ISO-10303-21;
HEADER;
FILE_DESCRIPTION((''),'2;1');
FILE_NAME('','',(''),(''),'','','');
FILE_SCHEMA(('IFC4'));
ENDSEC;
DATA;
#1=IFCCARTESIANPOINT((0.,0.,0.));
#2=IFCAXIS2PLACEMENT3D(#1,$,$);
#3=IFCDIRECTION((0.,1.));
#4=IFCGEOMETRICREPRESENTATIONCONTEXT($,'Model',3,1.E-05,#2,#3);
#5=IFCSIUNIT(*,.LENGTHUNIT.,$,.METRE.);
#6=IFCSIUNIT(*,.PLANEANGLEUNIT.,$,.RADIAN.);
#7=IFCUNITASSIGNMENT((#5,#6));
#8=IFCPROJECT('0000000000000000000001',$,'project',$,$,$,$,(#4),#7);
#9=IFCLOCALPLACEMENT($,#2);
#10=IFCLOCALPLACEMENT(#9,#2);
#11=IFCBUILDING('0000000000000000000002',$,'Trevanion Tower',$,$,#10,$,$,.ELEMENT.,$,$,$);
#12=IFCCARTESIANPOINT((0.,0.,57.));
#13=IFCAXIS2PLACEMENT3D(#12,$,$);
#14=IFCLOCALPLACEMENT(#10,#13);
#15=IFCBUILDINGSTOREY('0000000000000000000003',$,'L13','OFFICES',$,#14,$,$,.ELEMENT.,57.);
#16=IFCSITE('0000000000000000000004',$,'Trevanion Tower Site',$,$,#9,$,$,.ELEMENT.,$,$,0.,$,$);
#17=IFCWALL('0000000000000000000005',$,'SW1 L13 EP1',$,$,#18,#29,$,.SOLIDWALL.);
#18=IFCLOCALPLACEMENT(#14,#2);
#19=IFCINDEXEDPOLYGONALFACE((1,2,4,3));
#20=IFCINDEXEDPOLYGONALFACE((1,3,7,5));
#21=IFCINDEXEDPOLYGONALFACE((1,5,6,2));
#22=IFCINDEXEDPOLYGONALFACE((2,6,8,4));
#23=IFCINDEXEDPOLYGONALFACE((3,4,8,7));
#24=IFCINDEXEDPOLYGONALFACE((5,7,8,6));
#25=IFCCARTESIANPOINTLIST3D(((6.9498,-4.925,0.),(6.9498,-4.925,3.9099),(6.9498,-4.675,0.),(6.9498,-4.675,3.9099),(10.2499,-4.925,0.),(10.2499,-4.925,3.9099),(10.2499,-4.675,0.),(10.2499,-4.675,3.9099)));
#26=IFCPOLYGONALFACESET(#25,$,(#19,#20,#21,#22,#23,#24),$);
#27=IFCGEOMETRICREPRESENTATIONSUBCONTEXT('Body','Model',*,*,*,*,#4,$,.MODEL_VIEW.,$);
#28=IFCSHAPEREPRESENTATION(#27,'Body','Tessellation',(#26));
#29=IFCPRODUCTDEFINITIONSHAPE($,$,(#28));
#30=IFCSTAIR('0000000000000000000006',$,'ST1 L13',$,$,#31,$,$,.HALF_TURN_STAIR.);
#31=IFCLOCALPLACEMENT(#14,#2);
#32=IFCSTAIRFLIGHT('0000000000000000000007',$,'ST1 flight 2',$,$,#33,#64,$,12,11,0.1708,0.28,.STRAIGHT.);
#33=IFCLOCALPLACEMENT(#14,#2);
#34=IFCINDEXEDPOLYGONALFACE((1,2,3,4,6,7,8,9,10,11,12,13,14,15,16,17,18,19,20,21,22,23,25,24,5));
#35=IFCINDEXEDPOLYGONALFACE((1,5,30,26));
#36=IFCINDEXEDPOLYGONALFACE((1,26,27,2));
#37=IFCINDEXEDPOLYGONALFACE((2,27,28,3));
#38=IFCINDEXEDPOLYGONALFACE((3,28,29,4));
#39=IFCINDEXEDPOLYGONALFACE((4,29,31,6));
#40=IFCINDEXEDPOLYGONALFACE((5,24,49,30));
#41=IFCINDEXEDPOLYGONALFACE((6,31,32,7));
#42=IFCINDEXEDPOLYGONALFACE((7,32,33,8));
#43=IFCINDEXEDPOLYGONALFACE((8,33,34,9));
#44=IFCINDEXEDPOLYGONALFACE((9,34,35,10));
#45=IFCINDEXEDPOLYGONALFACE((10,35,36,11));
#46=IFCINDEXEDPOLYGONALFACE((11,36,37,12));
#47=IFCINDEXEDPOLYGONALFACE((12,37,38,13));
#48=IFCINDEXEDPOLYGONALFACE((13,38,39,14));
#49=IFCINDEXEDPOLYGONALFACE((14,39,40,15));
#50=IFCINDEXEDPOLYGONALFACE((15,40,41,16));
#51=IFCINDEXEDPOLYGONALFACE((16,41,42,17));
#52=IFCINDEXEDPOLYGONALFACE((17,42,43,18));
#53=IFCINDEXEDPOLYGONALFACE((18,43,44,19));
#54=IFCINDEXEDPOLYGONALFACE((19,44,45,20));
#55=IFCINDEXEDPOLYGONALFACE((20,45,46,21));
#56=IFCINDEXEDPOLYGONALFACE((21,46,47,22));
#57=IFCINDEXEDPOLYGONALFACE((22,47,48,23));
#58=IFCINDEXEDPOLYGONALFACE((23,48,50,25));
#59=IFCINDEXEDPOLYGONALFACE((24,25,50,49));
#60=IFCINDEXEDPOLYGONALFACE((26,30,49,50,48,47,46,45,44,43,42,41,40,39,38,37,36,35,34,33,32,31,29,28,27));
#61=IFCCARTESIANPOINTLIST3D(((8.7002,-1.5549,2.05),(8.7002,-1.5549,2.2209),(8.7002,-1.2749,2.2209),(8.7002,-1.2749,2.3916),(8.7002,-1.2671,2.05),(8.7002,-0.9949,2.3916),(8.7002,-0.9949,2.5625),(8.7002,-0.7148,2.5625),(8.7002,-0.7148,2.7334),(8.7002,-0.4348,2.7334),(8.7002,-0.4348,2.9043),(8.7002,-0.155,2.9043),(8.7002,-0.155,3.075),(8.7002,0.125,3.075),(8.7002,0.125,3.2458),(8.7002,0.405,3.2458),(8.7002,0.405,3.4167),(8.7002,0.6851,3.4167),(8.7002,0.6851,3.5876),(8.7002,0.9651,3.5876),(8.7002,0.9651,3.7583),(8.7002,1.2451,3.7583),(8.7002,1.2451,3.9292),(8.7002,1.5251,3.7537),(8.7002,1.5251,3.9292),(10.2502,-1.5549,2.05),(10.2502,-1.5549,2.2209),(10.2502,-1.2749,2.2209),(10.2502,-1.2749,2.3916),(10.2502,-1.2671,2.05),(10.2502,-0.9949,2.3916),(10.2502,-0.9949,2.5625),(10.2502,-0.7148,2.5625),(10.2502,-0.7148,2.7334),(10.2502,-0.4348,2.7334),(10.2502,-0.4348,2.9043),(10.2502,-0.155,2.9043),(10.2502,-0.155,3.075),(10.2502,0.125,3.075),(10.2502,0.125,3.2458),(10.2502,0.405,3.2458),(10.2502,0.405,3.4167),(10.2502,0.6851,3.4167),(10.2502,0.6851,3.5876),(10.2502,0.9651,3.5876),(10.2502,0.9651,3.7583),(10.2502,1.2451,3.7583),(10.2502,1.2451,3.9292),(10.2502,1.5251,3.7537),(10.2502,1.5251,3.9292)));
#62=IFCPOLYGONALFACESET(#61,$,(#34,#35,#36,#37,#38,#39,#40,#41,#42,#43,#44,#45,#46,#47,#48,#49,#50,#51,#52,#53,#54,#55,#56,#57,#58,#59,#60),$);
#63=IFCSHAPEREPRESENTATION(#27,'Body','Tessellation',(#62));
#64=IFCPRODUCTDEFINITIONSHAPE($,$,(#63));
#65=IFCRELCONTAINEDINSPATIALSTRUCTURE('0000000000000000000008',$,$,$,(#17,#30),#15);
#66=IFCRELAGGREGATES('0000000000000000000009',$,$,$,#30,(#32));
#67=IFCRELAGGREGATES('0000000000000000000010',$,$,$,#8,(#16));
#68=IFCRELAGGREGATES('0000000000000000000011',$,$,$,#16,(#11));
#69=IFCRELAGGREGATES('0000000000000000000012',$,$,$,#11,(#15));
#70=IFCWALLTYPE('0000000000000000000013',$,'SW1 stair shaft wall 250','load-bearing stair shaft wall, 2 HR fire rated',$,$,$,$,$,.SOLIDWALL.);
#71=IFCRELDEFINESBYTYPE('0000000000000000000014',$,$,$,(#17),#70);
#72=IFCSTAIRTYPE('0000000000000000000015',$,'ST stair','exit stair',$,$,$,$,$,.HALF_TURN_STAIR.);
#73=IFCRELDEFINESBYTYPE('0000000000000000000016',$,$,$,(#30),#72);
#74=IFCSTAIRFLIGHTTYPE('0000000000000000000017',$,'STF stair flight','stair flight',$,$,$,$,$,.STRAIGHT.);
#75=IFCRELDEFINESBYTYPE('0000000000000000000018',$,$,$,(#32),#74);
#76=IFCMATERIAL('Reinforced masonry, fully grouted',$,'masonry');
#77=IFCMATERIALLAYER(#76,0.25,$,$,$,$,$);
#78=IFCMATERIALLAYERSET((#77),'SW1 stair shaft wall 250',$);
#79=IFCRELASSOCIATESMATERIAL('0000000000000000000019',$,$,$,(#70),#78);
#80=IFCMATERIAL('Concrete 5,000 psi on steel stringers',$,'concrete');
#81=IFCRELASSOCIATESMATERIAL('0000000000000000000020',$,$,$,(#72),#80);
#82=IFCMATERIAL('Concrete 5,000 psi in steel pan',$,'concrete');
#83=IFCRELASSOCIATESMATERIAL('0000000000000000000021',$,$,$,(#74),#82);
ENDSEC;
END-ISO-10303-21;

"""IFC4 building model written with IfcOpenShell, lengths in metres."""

from ifc_helpers import new_model, si_unit, direction, frame, frame_2d, origin, place, context, subcontext, project, spatial, polyline, rectangle, outline, extrude, material, layer, layer_set, type_object, element, aggregate, save


model = new_model("IFC4")

# Units and contexts
model_context = context("Model", 3, precision=1e-05, world=origin(), true_north=direction((0.0, 1.0)))
body_context = subcontext(model_context, "Body", "Model", "MODEL_VIEW")
ifc_project = project(units=[si_unit("LENGTHUNIT", "METRE"), si_unit("PLANEANGLEUNIT", "RADIAN")], contexts=[model_context])

# Site, building, storey
site_placement = place(None, origin())
site = spatial("IfcSite", under=ifc_project, at=site_placement, Name="Trevanion Tower Site", CompositionType="ELEMENT", RefElevation=0.0)
building_placement = place(site_placement, origin())
building = spatial("IfcBuilding", under=site, at=building_placement, Name="Trevanion Tower", CompositionType="ELEMENT")
storey_placement = place(building_placement, frame((0.0, 0.0, 57.0)))
storey = spatial("IfcBuildingStorey", under=building, at=storey_placement, Name="L13", Description="OFFICES", CompositionType="ELEMENT", Elevation=57.0)

# Wall
ifc_material_1 = material(Name="Reinforced masonry, fully grouted", Category="masonry")
ifc_layer_1 = layer(ifc_material_1, 0.25)
ifc_layer_set_1 = layer_set([ifc_layer_1], Name="SW1 stair shaft wall 250")
wall_type_1 = type_object("IfcWallType", Name="SW1 stair shaft wall 250", Description="load-bearing stair shaft wall, 2 HR fire rated", PredefinedType="SOLIDWALL", material=ifc_layer_set_1)
wall_1_placement = place(storey_placement, frame((6.95, -4.8, 0.0), z_axis=(0.0, 0.0, 1.0), x_axis=(1.0, 0.0, 0.0)))
element("IfcWall", 1, at=wall_1_placement, inside=storey, type_object=wall_type_1, Name="SW1 L13 EP1", PredefinedType="SOLIDWALL", context=body_context, shape_type="SweptSolid", body=[
    extrude(rectangle(XDim=3.3, YDim=0.25, at=frame_2d((1.6499, 0.0))), origin(), (0.0, 0.0, 1.0), 3.9099),
])

# Stair, stair flight
ifc_material_2 = material(Name="Concrete 5,000 psi on steel stringers", Category="concrete")
stair_type = type_object("IfcStairType", Name="ST stair", Description="exit stair", PredefinedType="HALF_TURN_STAIR", material=ifc_material_2)
stair_placement = place(storey_placement, origin())
stair = element("IfcStair", 2, at=stair_placement, inside=storey, type_object=stair_type, Name="ST1 L13", PredefinedType="HALF_TURN_STAIR")
ifc_material_3 = material(Name="Concrete 5,000 psi in steel pan", Category="concrete")
stair_flight_type = type_object("IfcStairFlightType", Name="STF stair flight", Description="stair flight", PredefinedType="STRAIGHT", material=ifc_material_3)
stair_flight_placement = place(storey_placement, frame((9.4751, -1.5549, 2.05), z_axis=(0.0, 0.0, 1.0), x_axis=(0.0, 1.0, 0.0)))
stair_flight = element("IfcStairFlight", 3, at=stair_flight_placement, type_object=stair_flight_type, Name="ST1 flight 2", NumberOfRisers=12, NumberOfTreads=11, PredefinedType="STRAIGHT", RiserHeight=0.1708, TreadLength=0.28, context=body_context, shape_type="SweptSolid", body=[
    extrude(outline(polyline([(0.0, 0.0), (0.0, 0.1709), (0.28, 0.1709), (0.28, 0.3416), (0.5601, 0.3416), (0.5601, 0.5125), (0.8401, 0.5125), (0.8401, 0.6833), (1.1201, 0.6833), (1.1201, 0.8542), (1.3999, 0.8542), (1.3999, 1.0249), (1.6799, 1.0249), (1.6799, 1.1958), (1.96, 1.1958), (1.96, 1.3667), (2.24, 1.3667), (2.24, 1.5376), (2.52, 1.5376), (2.52, 1.7083), (2.8, 1.7083), (2.8, 1.8792), (3.0801, 1.8792), (3.0801, 2.05), (3.0801, 1.7036), (0.2878, 0.0), (0.0, 0.0)])), frame((0.0, 0.7749, 0.0), z_axis=(0.0, -1.0, 0.0), x_axis=(1.0, 0.0, 0.0)), (0.0, 0.0, 1.0), 1.55),
])
aggregate(stair, [stair_flight])

save(model, "model.ifc")
